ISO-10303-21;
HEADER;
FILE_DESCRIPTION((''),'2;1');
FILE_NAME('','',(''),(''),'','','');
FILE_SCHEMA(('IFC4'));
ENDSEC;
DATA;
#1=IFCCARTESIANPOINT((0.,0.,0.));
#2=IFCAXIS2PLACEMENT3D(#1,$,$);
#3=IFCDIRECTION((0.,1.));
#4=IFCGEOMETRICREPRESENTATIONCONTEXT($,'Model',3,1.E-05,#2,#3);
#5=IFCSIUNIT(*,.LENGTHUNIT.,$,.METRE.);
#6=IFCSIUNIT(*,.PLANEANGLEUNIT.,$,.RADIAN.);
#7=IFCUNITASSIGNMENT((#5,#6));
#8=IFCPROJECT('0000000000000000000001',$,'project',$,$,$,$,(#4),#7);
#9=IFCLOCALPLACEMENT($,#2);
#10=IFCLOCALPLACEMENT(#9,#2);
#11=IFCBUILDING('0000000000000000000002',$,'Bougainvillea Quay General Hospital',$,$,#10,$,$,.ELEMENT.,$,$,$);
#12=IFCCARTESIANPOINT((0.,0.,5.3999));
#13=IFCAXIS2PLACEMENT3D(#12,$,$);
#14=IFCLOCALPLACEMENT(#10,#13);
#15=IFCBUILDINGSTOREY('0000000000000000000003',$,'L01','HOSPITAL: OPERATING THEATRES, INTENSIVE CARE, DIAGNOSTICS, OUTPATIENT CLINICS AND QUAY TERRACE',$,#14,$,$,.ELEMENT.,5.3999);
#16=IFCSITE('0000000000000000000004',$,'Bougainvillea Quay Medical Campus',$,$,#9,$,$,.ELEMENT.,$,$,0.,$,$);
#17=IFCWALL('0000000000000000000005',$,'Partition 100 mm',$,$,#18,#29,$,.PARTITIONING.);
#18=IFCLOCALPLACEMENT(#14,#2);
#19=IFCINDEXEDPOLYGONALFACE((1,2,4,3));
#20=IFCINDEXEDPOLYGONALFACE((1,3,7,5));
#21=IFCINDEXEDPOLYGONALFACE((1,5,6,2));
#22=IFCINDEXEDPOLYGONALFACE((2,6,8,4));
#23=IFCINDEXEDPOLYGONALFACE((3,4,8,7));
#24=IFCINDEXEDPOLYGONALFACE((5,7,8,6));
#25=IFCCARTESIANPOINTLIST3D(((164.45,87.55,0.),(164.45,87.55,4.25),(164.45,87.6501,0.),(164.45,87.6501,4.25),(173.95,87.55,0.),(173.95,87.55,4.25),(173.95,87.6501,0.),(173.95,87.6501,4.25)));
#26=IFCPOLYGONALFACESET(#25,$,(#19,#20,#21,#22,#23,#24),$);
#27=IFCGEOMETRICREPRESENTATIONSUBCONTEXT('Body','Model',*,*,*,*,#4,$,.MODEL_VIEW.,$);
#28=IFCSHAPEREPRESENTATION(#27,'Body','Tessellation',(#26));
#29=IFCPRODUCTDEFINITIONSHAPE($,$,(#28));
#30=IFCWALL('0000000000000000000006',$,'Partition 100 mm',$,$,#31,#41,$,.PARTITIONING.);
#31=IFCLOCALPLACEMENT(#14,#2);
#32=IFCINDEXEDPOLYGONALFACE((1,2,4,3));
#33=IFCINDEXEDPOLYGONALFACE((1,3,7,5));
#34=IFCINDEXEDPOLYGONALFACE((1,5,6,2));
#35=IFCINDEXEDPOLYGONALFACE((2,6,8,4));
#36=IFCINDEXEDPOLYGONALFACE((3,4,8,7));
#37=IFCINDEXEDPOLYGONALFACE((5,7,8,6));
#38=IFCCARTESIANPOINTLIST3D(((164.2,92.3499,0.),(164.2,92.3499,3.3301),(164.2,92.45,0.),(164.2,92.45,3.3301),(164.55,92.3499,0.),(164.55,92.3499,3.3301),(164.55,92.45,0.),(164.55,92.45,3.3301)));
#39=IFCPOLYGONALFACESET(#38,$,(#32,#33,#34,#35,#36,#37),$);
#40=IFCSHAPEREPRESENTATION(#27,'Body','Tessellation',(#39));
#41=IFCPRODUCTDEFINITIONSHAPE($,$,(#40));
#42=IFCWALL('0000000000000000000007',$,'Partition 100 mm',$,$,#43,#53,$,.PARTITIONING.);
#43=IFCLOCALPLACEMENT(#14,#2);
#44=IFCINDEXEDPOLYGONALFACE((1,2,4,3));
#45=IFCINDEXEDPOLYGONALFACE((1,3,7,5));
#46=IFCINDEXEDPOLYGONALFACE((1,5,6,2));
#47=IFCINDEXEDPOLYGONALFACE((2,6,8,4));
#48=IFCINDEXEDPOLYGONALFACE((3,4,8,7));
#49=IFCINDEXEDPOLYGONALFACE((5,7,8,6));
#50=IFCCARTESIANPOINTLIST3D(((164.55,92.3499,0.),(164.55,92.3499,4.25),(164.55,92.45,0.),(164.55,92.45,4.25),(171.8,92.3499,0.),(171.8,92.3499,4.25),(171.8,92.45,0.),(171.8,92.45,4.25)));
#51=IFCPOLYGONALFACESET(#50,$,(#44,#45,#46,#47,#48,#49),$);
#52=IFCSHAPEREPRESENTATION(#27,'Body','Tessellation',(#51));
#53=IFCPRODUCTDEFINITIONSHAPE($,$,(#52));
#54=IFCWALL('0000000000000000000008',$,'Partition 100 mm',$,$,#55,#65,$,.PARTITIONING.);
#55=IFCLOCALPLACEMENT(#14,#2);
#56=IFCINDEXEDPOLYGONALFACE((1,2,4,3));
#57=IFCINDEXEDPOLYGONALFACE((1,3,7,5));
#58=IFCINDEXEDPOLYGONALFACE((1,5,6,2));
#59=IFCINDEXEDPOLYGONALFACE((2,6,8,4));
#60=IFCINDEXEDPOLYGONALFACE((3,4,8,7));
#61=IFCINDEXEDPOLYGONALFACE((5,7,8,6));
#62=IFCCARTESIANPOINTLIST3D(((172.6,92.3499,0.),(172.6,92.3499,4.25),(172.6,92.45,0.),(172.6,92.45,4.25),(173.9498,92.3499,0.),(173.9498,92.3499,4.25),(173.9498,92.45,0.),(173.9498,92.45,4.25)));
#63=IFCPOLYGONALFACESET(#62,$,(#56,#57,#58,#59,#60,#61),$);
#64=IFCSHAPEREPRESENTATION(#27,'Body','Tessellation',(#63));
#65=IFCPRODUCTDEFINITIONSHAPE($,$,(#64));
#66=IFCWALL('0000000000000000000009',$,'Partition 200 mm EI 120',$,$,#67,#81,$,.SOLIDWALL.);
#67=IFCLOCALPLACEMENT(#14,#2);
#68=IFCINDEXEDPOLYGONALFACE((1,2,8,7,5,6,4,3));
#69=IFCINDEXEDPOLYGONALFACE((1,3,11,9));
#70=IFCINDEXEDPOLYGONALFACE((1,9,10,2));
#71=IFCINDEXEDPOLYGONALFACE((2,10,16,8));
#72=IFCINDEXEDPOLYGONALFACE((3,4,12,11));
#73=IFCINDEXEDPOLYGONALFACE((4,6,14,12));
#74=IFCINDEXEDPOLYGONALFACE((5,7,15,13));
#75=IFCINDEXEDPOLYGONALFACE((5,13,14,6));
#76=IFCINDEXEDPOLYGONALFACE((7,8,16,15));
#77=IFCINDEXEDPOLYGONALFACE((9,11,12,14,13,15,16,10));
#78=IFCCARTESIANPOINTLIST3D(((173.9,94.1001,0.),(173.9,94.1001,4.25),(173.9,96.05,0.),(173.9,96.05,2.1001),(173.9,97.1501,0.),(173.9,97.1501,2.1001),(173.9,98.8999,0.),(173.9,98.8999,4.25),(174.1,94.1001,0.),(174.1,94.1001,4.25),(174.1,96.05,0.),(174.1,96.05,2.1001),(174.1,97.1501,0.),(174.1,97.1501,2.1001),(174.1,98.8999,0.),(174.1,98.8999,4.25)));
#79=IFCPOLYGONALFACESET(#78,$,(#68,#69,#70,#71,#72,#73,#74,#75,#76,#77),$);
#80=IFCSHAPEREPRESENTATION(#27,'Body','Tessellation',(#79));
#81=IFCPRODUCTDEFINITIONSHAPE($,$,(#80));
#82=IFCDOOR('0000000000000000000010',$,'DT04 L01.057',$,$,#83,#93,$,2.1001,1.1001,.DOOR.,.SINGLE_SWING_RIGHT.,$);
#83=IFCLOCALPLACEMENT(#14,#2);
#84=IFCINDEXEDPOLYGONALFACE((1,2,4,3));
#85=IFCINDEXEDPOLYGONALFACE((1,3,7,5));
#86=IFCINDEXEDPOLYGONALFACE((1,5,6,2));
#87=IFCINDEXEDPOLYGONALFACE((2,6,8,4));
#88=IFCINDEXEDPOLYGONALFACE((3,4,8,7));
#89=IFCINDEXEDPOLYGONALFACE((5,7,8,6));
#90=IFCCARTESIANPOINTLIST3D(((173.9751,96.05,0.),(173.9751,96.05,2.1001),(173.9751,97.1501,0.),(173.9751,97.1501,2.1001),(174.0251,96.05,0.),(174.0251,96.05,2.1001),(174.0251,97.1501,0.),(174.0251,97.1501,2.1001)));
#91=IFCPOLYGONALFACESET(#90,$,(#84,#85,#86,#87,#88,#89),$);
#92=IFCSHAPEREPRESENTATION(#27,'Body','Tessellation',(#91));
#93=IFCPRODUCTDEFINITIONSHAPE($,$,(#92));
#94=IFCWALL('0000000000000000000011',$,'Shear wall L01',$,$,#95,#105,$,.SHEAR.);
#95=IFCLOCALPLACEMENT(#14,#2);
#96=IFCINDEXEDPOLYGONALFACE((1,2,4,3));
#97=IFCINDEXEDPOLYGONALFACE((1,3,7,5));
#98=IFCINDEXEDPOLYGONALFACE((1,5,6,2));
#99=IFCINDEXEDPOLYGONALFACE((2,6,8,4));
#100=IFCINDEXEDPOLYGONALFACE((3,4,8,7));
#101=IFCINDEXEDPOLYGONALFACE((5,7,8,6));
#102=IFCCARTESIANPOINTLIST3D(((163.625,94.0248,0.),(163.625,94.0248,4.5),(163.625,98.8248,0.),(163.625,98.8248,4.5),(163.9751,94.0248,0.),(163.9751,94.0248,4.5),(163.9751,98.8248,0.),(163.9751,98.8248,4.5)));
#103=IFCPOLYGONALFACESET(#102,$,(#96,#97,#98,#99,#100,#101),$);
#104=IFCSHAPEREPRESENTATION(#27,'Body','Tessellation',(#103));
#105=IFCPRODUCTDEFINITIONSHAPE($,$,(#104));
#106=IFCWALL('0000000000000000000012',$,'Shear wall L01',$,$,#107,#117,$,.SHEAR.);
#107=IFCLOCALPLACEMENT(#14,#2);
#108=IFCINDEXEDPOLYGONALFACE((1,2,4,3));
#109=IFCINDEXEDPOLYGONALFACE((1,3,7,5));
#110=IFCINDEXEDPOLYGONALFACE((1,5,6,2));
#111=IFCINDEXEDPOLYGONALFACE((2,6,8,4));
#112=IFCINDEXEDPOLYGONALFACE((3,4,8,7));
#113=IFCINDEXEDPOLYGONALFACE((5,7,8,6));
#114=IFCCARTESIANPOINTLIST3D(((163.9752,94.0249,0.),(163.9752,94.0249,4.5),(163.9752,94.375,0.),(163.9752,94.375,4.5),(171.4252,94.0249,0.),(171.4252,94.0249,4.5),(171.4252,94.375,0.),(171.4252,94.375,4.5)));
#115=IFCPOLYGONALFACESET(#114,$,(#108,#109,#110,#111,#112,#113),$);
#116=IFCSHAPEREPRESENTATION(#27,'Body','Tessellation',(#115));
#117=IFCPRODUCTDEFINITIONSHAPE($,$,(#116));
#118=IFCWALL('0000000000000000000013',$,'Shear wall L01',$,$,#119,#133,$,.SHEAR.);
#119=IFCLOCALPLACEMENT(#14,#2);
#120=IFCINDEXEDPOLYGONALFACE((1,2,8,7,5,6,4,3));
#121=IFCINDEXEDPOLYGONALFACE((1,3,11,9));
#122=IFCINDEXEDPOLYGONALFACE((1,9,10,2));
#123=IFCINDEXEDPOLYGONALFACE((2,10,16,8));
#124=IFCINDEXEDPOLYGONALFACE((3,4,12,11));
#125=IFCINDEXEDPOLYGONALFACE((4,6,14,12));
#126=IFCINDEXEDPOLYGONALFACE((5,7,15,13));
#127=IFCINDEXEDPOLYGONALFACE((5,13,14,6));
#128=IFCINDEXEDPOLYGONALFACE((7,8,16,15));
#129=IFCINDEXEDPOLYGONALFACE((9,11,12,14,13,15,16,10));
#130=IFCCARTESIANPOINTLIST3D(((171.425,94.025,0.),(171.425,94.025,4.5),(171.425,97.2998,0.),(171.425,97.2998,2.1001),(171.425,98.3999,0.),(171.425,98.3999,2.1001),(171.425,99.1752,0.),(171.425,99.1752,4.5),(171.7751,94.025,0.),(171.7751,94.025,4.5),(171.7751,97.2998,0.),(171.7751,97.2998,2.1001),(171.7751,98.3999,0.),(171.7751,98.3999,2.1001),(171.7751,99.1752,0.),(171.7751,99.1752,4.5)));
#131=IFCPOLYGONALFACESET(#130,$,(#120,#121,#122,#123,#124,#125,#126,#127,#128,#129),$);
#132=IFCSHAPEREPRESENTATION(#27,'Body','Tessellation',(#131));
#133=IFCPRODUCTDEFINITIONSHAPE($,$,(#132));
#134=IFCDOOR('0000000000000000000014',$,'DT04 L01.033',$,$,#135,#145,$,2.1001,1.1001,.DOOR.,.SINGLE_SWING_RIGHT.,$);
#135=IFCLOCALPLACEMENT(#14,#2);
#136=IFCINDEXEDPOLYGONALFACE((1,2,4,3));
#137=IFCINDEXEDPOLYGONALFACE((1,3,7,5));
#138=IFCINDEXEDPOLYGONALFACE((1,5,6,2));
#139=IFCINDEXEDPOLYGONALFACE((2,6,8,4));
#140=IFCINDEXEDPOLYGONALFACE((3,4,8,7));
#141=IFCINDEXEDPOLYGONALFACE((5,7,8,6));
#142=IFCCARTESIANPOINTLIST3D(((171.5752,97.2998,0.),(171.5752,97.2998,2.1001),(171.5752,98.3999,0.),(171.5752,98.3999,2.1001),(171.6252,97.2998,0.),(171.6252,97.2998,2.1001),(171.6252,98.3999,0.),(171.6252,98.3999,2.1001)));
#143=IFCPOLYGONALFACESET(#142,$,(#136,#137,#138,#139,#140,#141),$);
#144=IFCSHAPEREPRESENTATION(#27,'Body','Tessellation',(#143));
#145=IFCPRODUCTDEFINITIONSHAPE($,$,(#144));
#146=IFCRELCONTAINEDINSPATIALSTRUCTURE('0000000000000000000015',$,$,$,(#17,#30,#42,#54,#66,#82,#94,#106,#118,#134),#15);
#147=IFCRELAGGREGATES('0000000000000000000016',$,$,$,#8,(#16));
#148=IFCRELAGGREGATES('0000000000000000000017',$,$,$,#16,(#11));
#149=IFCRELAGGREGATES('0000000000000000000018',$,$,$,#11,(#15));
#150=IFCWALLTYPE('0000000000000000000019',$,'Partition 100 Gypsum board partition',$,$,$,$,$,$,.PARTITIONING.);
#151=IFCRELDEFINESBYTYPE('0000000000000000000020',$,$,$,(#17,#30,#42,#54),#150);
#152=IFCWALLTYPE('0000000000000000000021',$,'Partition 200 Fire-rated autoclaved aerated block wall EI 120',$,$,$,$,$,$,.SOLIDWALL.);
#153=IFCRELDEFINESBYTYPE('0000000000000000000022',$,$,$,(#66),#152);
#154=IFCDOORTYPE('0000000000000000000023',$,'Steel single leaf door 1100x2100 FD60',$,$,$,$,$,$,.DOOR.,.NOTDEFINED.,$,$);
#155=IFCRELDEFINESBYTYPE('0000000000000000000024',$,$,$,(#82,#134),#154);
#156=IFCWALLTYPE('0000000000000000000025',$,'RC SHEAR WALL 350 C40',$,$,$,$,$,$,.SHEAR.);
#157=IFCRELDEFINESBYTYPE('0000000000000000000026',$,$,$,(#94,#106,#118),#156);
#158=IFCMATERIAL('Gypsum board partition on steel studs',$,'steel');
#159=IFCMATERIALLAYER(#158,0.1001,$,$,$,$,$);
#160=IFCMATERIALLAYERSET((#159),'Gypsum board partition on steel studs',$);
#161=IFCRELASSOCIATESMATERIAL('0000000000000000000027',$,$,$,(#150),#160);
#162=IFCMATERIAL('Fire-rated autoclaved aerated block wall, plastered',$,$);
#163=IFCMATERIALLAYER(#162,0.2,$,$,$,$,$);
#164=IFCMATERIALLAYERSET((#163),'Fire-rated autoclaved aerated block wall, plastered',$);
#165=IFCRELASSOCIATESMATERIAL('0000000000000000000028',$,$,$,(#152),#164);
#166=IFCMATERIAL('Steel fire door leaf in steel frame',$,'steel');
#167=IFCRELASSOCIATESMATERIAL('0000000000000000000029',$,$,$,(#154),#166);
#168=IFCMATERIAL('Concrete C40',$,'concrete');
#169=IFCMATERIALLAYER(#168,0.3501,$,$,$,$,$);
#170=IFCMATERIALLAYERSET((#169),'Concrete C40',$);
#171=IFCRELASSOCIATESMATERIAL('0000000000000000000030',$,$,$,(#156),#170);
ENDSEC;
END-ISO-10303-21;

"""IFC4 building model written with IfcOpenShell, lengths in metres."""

from ifc_helpers import new_model, si_unit, direction, frame, frame_2d, origin, place, context, subcontext, project, spatial, rectangle, extrude, material, layer, layer_set, type_object, element, fill, save


model = new_model("IFC4")

# Units and contexts
model_context = context("Model", 3, precision=1e-05, world=origin(), true_north=direction((0.0, 1.0)))
body_context = subcontext(model_context, "Body", "Model", "MODEL_VIEW")
ifc_project = project(units=[si_unit("LENGTHUNIT", "METRE"), si_unit("PLANEANGLEUNIT", "RADIAN")], contexts=[model_context])

# Site, building, storey
site_placement = place(None, origin())
site = spatial("IfcSite", under=ifc_project, at=site_placement, Name="Bougainvillea Quay Medical Campus", CompositionType="ELEMENT", RefElevation=0.0)
building_placement = place(site_placement, origin())
building = spatial("IfcBuilding", under=site, at=building_placement, Name="Bougainvillea Quay General Hospital", CompositionType="ELEMENT")
storey_placement = place(building_placement, frame((0.0, 0.0, 5.3999)))
storey = spatial("IfcBuildingStorey", under=building, at=storey_placement, Name="L01", Description="HOSPITAL: OPERATING THEATRES, INTENSIVE CARE, DIAGNOSTICS, OUTPATIENT CLINICS AND QUAY TERRACE", CompositionType="ELEMENT", Elevation=5.3999)

# Shared definitions
ifc_material_1 = material(Name="Concrete C40", Category="concrete")

# Shared definitions
ifc_material_2 = material(Name="Gypsum board partition on steel studs", Category="steel")
ifc_layer_1 = layer(ifc_material_2, 0.1001)
ifc_layer_set_1 = layer_set([ifc_layer_1], Name="Gypsum board partition on steel studs")
wall_type_1 = type_object("IfcWallType", Name="Partition 100 Gypsum board partition", PredefinedType="PARTITIONING", material=ifc_layer_set_1)

# Walls
wall_1_placement = place(storey_placement, frame((164.45, 87.6001, 0.0), z_axis=(0.0, 0.0, 1.0), x_axis=(1.0, 0.0, 0.0)))
element("IfcWall", 1, at=wall_1_placement, inside=storey, type_object=wall_type_1, Name="Partition 100 mm", PredefinedType="PARTITIONING", context=body_context, shape_type="SweptSolid", body=[
    extrude(rectangle(XDim=9.5, YDim=0.1001, at=frame_2d((4.75, 0.0))), origin(), (0.0, 0.0, 1.0), 4.25),
])
wall_2_placement = place(storey_placement, frame((164.2, 92.3999, 0.0), z_axis=(0.0, 0.0, 1.0), x_axis=(1.0, 0.0, 0.0)))
element("IfcWall", 2, at=wall_2_placement, inside=storey, type_object=wall_type_1, Name="Partition 100 mm", PredefinedType="PARTITIONING", context=body_context, shape_type="SweptSolid", body=[
    extrude(rectangle(XDim=0.3501, YDim=0.1001, at=frame_2d((0.175, 0.0))), origin(), (0.0, 0.0, 1.0), 3.3301),
])
wall_3_placement = place(storey_placement, frame((164.55, 92.3999, 0.0), z_axis=(0.0, 0.0, 1.0), x_axis=(1.0, 0.0, 0.0)))
element("IfcWall", 3, at=wall_3_placement, inside=storey, type_object=wall_type_1, Name="Partition 100 mm", PredefinedType="PARTITIONING", context=body_context, shape_type="SweptSolid", body=[
    extrude(rectangle(XDim=7.25, YDim=0.1001, at=frame_2d((3.625, 0.0))), origin(), (0.0, 0.0, 1.0), 4.25),
])
wall_4_placement = place(storey_placement, frame((172.6001, 92.3999, 0.0), z_axis=(0.0, 0.0, 1.0), x_axis=(1.0, 0.0, 0.0)))
element("IfcWall", 4, at=wall_4_placement, inside=storey, type_object=wall_type_1, Name="Partition 100 mm", PredefinedType="PARTITIONING", context=body_context, shape_type="SweptSolid", body=[
    extrude(rectangle(XDim=1.3499, YDim=0.1001, at=frame_2d((0.6748, 0.0))), origin(), (0.0, 0.0, 1.0), 4.25),
])

# Wall, opening, door
ifc_material_3 = material(Name="Fire-rated autoclaved aerated block wall, plastered")
ifc_layer_2 = layer(ifc_material_3, 0.2)
ifc_layer_set_2 = layer_set([ifc_layer_2], Name="Fire-rated autoclaved aerated block wall, plastered")
wall_type_2 = type_object("IfcWallType", Name="Partition 200 Fire-rated autoclaved aerated block wall EI 120", PredefinedType="SOLIDWALL", material=ifc_layer_set_2)
wall_5_placement = place(storey_placement, frame((174.0, 94.1001, 0.0), z_axis=(0.0, 0.0, 1.0), x_axis=(0.0, 1.0, 0.0)))
wall_5 = element("IfcWall", 5, at=wall_5_placement, inside=storey, type_object=wall_type_2, Name="Partition 200 mm EI 120", PredefinedType="SOLIDWALL", context=body_context, shape_type="SweptSolid", body=[
    extrude(rectangle(XDim=4.7998, YDim=0.2, at=frame_2d((2.3999, 0.0))), origin(), (0.0, 0.0, 1.0), 4.25),
])
opening_1_placement = place(wall_5_placement, frame((1.95, 0.0, 0.0)))
opening_1 = element("IfcOpeningElement", 6, at=opening_1_placement, cuts=wall_5, PredefinedType="OPENING", context=body_context, shape_type="SweptSolid", body=[
    extrude(rectangle(XDim=1.1001, YDim=2.1001, at=frame_2d((0.55, 1.05))), frame((0.0, 0.1099, 0.0), z_axis=(0.0, -1.0, 0.0), x_axis=(1.0, 0.0, 0.0)), (0.0, 0.0, 1.0), 0.22),
])
ifc_material_4 = material(Name="Steel fire door leaf in steel frame", Category="steel")
door_type_1 = type_object("IfcDoorType", Name="Steel single leaf door 1100x2100 FD60", OperationType="NOTDEFINED", PredefinedType="DOOR", material=ifc_material_4)
door_1_placement = place(opening_1_placement, origin())
door_1 = element("IfcDoor", 7, at=door_1_placement, inside=storey, type_object=door_type_1, Name="DT04 L01.057", OperationType="SINGLE_SWING_RIGHT", OverallHeight=2.1001, OverallWidth=1.1001, PredefinedType="DOOR", context=body_context, shape_type="SweptSolid", body=[
    extrude(rectangle(XDim=1.1001, YDim=2.1001, at=frame_2d((0.55, 1.05))), frame((0.0, 0.0249, 0.0), z_axis=(0.0, -1.0, 0.0), x_axis=(1.0, 0.0, 0.0)), (0.0, 0.0, 1.0), 0.05),
])
fill(opening_1, door_1)

# Walls
ifc_layer_3 = layer(ifc_material_1, 0.3501)
ifc_layer_set_3 = layer_set([ifc_layer_3], Name="Concrete C40")
wall_type_3 = type_object("IfcWallType", Name="RC SHEAR WALL 350 C40", PredefinedType="SHEAR", material=ifc_layer_set_3)
wall_6_placement = place(storey_placement, frame((163.8, 94.0249, 0.0), z_axis=(0.0, 0.0, 1.0), x_axis=(0.0, 1.0, 0.0)))
element("IfcWall", 8, at=wall_6_placement, inside=storey, type_object=wall_type_3, Name="Shear wall L01", PredefinedType="SHEAR", context=body_context, shape_type="SweptSolid", body=[
    extrude(rectangle(XDim=4.8, YDim=0.3501, at=frame_2d((2.3999, 0.0))), origin(), (0.0, 0.0, 1.0), 4.5),
])
wall_7_placement = place(storey_placement, frame((163.9751, 94.2, 0.0), z_axis=(0.0, 0.0, 1.0), x_axis=(1.0, 0.0, 0.0)))
element("IfcWall", 9, at=wall_7_placement, inside=storey, type_object=wall_type_3, Name="Shear wall L01", PredefinedType="SHEAR", context=body_context, shape_type="SweptSolid", body=[
    extrude(rectangle(XDim=7.45, YDim=0.3501, at=frame_2d((3.7251, 0.0))), origin(), (0.0, 0.0, 1.0), 4.5),
])

# Wall, opening, door
wall_8_placement = place(storey_placement, frame((171.6001, 94.0249, 0.0), z_axis=(0.0, 0.0, 1.0), x_axis=(0.0, 1.0, 0.0)))
wall_8 = element("IfcWall", 10, at=wall_8_placement, inside=storey, type_object=wall_type_3, Name="Shear wall L01", PredefinedType="SHEAR", context=body_context, shape_type="SweptSolid", body=[
    extrude(rectangle(XDim=5.1501, YDim=0.3501, at=frame_2d((2.5752, 0.0))), origin(), (0.0, 0.0, 1.0), 4.5),
])
opening_2_placement = place(wall_8_placement, frame((3.2749, 0.0, 0.0)))
opening_2 = element("IfcOpeningElement", 11, at=opening_2_placement, cuts=wall_8, PredefinedType="OPENING", context=body_context, shape_type="SweptSolid", body=[
    extrude(rectangle(XDim=1.1001, YDim=2.1001, at=frame_2d((0.55, 1.05))), frame((0.0, 0.1851, 0.0), z_axis=(0.0, -1.0, 0.0), x_axis=(1.0, 0.0, 0.0)), (0.0, 0.0, 1.0), 0.3701),
])
door_2_placement = place(opening_2_placement, origin())
door_2 = element("IfcDoor", 12, at=door_2_placement, inside=storey, type_object=door_type_1, Name="DT04 L01.033", OperationType="SINGLE_SWING_RIGHT", OverallHeight=2.1001, OverallWidth=1.1001, PredefinedType="DOOR", context=body_context, shape_type="SweptSolid", body=[
    extrude(rectangle(XDim=1.1001, YDim=2.1001, at=frame_2d((0.55, 1.05))), frame((0.0, 0.0249, 0.0), z_axis=(0.0, -1.0, 0.0), x_axis=(1.0, 0.0, 0.0)), (0.0, 0.0, 1.0), 0.05),
])
fill(opening_2, door_2)

save(model, "model.ifc")
